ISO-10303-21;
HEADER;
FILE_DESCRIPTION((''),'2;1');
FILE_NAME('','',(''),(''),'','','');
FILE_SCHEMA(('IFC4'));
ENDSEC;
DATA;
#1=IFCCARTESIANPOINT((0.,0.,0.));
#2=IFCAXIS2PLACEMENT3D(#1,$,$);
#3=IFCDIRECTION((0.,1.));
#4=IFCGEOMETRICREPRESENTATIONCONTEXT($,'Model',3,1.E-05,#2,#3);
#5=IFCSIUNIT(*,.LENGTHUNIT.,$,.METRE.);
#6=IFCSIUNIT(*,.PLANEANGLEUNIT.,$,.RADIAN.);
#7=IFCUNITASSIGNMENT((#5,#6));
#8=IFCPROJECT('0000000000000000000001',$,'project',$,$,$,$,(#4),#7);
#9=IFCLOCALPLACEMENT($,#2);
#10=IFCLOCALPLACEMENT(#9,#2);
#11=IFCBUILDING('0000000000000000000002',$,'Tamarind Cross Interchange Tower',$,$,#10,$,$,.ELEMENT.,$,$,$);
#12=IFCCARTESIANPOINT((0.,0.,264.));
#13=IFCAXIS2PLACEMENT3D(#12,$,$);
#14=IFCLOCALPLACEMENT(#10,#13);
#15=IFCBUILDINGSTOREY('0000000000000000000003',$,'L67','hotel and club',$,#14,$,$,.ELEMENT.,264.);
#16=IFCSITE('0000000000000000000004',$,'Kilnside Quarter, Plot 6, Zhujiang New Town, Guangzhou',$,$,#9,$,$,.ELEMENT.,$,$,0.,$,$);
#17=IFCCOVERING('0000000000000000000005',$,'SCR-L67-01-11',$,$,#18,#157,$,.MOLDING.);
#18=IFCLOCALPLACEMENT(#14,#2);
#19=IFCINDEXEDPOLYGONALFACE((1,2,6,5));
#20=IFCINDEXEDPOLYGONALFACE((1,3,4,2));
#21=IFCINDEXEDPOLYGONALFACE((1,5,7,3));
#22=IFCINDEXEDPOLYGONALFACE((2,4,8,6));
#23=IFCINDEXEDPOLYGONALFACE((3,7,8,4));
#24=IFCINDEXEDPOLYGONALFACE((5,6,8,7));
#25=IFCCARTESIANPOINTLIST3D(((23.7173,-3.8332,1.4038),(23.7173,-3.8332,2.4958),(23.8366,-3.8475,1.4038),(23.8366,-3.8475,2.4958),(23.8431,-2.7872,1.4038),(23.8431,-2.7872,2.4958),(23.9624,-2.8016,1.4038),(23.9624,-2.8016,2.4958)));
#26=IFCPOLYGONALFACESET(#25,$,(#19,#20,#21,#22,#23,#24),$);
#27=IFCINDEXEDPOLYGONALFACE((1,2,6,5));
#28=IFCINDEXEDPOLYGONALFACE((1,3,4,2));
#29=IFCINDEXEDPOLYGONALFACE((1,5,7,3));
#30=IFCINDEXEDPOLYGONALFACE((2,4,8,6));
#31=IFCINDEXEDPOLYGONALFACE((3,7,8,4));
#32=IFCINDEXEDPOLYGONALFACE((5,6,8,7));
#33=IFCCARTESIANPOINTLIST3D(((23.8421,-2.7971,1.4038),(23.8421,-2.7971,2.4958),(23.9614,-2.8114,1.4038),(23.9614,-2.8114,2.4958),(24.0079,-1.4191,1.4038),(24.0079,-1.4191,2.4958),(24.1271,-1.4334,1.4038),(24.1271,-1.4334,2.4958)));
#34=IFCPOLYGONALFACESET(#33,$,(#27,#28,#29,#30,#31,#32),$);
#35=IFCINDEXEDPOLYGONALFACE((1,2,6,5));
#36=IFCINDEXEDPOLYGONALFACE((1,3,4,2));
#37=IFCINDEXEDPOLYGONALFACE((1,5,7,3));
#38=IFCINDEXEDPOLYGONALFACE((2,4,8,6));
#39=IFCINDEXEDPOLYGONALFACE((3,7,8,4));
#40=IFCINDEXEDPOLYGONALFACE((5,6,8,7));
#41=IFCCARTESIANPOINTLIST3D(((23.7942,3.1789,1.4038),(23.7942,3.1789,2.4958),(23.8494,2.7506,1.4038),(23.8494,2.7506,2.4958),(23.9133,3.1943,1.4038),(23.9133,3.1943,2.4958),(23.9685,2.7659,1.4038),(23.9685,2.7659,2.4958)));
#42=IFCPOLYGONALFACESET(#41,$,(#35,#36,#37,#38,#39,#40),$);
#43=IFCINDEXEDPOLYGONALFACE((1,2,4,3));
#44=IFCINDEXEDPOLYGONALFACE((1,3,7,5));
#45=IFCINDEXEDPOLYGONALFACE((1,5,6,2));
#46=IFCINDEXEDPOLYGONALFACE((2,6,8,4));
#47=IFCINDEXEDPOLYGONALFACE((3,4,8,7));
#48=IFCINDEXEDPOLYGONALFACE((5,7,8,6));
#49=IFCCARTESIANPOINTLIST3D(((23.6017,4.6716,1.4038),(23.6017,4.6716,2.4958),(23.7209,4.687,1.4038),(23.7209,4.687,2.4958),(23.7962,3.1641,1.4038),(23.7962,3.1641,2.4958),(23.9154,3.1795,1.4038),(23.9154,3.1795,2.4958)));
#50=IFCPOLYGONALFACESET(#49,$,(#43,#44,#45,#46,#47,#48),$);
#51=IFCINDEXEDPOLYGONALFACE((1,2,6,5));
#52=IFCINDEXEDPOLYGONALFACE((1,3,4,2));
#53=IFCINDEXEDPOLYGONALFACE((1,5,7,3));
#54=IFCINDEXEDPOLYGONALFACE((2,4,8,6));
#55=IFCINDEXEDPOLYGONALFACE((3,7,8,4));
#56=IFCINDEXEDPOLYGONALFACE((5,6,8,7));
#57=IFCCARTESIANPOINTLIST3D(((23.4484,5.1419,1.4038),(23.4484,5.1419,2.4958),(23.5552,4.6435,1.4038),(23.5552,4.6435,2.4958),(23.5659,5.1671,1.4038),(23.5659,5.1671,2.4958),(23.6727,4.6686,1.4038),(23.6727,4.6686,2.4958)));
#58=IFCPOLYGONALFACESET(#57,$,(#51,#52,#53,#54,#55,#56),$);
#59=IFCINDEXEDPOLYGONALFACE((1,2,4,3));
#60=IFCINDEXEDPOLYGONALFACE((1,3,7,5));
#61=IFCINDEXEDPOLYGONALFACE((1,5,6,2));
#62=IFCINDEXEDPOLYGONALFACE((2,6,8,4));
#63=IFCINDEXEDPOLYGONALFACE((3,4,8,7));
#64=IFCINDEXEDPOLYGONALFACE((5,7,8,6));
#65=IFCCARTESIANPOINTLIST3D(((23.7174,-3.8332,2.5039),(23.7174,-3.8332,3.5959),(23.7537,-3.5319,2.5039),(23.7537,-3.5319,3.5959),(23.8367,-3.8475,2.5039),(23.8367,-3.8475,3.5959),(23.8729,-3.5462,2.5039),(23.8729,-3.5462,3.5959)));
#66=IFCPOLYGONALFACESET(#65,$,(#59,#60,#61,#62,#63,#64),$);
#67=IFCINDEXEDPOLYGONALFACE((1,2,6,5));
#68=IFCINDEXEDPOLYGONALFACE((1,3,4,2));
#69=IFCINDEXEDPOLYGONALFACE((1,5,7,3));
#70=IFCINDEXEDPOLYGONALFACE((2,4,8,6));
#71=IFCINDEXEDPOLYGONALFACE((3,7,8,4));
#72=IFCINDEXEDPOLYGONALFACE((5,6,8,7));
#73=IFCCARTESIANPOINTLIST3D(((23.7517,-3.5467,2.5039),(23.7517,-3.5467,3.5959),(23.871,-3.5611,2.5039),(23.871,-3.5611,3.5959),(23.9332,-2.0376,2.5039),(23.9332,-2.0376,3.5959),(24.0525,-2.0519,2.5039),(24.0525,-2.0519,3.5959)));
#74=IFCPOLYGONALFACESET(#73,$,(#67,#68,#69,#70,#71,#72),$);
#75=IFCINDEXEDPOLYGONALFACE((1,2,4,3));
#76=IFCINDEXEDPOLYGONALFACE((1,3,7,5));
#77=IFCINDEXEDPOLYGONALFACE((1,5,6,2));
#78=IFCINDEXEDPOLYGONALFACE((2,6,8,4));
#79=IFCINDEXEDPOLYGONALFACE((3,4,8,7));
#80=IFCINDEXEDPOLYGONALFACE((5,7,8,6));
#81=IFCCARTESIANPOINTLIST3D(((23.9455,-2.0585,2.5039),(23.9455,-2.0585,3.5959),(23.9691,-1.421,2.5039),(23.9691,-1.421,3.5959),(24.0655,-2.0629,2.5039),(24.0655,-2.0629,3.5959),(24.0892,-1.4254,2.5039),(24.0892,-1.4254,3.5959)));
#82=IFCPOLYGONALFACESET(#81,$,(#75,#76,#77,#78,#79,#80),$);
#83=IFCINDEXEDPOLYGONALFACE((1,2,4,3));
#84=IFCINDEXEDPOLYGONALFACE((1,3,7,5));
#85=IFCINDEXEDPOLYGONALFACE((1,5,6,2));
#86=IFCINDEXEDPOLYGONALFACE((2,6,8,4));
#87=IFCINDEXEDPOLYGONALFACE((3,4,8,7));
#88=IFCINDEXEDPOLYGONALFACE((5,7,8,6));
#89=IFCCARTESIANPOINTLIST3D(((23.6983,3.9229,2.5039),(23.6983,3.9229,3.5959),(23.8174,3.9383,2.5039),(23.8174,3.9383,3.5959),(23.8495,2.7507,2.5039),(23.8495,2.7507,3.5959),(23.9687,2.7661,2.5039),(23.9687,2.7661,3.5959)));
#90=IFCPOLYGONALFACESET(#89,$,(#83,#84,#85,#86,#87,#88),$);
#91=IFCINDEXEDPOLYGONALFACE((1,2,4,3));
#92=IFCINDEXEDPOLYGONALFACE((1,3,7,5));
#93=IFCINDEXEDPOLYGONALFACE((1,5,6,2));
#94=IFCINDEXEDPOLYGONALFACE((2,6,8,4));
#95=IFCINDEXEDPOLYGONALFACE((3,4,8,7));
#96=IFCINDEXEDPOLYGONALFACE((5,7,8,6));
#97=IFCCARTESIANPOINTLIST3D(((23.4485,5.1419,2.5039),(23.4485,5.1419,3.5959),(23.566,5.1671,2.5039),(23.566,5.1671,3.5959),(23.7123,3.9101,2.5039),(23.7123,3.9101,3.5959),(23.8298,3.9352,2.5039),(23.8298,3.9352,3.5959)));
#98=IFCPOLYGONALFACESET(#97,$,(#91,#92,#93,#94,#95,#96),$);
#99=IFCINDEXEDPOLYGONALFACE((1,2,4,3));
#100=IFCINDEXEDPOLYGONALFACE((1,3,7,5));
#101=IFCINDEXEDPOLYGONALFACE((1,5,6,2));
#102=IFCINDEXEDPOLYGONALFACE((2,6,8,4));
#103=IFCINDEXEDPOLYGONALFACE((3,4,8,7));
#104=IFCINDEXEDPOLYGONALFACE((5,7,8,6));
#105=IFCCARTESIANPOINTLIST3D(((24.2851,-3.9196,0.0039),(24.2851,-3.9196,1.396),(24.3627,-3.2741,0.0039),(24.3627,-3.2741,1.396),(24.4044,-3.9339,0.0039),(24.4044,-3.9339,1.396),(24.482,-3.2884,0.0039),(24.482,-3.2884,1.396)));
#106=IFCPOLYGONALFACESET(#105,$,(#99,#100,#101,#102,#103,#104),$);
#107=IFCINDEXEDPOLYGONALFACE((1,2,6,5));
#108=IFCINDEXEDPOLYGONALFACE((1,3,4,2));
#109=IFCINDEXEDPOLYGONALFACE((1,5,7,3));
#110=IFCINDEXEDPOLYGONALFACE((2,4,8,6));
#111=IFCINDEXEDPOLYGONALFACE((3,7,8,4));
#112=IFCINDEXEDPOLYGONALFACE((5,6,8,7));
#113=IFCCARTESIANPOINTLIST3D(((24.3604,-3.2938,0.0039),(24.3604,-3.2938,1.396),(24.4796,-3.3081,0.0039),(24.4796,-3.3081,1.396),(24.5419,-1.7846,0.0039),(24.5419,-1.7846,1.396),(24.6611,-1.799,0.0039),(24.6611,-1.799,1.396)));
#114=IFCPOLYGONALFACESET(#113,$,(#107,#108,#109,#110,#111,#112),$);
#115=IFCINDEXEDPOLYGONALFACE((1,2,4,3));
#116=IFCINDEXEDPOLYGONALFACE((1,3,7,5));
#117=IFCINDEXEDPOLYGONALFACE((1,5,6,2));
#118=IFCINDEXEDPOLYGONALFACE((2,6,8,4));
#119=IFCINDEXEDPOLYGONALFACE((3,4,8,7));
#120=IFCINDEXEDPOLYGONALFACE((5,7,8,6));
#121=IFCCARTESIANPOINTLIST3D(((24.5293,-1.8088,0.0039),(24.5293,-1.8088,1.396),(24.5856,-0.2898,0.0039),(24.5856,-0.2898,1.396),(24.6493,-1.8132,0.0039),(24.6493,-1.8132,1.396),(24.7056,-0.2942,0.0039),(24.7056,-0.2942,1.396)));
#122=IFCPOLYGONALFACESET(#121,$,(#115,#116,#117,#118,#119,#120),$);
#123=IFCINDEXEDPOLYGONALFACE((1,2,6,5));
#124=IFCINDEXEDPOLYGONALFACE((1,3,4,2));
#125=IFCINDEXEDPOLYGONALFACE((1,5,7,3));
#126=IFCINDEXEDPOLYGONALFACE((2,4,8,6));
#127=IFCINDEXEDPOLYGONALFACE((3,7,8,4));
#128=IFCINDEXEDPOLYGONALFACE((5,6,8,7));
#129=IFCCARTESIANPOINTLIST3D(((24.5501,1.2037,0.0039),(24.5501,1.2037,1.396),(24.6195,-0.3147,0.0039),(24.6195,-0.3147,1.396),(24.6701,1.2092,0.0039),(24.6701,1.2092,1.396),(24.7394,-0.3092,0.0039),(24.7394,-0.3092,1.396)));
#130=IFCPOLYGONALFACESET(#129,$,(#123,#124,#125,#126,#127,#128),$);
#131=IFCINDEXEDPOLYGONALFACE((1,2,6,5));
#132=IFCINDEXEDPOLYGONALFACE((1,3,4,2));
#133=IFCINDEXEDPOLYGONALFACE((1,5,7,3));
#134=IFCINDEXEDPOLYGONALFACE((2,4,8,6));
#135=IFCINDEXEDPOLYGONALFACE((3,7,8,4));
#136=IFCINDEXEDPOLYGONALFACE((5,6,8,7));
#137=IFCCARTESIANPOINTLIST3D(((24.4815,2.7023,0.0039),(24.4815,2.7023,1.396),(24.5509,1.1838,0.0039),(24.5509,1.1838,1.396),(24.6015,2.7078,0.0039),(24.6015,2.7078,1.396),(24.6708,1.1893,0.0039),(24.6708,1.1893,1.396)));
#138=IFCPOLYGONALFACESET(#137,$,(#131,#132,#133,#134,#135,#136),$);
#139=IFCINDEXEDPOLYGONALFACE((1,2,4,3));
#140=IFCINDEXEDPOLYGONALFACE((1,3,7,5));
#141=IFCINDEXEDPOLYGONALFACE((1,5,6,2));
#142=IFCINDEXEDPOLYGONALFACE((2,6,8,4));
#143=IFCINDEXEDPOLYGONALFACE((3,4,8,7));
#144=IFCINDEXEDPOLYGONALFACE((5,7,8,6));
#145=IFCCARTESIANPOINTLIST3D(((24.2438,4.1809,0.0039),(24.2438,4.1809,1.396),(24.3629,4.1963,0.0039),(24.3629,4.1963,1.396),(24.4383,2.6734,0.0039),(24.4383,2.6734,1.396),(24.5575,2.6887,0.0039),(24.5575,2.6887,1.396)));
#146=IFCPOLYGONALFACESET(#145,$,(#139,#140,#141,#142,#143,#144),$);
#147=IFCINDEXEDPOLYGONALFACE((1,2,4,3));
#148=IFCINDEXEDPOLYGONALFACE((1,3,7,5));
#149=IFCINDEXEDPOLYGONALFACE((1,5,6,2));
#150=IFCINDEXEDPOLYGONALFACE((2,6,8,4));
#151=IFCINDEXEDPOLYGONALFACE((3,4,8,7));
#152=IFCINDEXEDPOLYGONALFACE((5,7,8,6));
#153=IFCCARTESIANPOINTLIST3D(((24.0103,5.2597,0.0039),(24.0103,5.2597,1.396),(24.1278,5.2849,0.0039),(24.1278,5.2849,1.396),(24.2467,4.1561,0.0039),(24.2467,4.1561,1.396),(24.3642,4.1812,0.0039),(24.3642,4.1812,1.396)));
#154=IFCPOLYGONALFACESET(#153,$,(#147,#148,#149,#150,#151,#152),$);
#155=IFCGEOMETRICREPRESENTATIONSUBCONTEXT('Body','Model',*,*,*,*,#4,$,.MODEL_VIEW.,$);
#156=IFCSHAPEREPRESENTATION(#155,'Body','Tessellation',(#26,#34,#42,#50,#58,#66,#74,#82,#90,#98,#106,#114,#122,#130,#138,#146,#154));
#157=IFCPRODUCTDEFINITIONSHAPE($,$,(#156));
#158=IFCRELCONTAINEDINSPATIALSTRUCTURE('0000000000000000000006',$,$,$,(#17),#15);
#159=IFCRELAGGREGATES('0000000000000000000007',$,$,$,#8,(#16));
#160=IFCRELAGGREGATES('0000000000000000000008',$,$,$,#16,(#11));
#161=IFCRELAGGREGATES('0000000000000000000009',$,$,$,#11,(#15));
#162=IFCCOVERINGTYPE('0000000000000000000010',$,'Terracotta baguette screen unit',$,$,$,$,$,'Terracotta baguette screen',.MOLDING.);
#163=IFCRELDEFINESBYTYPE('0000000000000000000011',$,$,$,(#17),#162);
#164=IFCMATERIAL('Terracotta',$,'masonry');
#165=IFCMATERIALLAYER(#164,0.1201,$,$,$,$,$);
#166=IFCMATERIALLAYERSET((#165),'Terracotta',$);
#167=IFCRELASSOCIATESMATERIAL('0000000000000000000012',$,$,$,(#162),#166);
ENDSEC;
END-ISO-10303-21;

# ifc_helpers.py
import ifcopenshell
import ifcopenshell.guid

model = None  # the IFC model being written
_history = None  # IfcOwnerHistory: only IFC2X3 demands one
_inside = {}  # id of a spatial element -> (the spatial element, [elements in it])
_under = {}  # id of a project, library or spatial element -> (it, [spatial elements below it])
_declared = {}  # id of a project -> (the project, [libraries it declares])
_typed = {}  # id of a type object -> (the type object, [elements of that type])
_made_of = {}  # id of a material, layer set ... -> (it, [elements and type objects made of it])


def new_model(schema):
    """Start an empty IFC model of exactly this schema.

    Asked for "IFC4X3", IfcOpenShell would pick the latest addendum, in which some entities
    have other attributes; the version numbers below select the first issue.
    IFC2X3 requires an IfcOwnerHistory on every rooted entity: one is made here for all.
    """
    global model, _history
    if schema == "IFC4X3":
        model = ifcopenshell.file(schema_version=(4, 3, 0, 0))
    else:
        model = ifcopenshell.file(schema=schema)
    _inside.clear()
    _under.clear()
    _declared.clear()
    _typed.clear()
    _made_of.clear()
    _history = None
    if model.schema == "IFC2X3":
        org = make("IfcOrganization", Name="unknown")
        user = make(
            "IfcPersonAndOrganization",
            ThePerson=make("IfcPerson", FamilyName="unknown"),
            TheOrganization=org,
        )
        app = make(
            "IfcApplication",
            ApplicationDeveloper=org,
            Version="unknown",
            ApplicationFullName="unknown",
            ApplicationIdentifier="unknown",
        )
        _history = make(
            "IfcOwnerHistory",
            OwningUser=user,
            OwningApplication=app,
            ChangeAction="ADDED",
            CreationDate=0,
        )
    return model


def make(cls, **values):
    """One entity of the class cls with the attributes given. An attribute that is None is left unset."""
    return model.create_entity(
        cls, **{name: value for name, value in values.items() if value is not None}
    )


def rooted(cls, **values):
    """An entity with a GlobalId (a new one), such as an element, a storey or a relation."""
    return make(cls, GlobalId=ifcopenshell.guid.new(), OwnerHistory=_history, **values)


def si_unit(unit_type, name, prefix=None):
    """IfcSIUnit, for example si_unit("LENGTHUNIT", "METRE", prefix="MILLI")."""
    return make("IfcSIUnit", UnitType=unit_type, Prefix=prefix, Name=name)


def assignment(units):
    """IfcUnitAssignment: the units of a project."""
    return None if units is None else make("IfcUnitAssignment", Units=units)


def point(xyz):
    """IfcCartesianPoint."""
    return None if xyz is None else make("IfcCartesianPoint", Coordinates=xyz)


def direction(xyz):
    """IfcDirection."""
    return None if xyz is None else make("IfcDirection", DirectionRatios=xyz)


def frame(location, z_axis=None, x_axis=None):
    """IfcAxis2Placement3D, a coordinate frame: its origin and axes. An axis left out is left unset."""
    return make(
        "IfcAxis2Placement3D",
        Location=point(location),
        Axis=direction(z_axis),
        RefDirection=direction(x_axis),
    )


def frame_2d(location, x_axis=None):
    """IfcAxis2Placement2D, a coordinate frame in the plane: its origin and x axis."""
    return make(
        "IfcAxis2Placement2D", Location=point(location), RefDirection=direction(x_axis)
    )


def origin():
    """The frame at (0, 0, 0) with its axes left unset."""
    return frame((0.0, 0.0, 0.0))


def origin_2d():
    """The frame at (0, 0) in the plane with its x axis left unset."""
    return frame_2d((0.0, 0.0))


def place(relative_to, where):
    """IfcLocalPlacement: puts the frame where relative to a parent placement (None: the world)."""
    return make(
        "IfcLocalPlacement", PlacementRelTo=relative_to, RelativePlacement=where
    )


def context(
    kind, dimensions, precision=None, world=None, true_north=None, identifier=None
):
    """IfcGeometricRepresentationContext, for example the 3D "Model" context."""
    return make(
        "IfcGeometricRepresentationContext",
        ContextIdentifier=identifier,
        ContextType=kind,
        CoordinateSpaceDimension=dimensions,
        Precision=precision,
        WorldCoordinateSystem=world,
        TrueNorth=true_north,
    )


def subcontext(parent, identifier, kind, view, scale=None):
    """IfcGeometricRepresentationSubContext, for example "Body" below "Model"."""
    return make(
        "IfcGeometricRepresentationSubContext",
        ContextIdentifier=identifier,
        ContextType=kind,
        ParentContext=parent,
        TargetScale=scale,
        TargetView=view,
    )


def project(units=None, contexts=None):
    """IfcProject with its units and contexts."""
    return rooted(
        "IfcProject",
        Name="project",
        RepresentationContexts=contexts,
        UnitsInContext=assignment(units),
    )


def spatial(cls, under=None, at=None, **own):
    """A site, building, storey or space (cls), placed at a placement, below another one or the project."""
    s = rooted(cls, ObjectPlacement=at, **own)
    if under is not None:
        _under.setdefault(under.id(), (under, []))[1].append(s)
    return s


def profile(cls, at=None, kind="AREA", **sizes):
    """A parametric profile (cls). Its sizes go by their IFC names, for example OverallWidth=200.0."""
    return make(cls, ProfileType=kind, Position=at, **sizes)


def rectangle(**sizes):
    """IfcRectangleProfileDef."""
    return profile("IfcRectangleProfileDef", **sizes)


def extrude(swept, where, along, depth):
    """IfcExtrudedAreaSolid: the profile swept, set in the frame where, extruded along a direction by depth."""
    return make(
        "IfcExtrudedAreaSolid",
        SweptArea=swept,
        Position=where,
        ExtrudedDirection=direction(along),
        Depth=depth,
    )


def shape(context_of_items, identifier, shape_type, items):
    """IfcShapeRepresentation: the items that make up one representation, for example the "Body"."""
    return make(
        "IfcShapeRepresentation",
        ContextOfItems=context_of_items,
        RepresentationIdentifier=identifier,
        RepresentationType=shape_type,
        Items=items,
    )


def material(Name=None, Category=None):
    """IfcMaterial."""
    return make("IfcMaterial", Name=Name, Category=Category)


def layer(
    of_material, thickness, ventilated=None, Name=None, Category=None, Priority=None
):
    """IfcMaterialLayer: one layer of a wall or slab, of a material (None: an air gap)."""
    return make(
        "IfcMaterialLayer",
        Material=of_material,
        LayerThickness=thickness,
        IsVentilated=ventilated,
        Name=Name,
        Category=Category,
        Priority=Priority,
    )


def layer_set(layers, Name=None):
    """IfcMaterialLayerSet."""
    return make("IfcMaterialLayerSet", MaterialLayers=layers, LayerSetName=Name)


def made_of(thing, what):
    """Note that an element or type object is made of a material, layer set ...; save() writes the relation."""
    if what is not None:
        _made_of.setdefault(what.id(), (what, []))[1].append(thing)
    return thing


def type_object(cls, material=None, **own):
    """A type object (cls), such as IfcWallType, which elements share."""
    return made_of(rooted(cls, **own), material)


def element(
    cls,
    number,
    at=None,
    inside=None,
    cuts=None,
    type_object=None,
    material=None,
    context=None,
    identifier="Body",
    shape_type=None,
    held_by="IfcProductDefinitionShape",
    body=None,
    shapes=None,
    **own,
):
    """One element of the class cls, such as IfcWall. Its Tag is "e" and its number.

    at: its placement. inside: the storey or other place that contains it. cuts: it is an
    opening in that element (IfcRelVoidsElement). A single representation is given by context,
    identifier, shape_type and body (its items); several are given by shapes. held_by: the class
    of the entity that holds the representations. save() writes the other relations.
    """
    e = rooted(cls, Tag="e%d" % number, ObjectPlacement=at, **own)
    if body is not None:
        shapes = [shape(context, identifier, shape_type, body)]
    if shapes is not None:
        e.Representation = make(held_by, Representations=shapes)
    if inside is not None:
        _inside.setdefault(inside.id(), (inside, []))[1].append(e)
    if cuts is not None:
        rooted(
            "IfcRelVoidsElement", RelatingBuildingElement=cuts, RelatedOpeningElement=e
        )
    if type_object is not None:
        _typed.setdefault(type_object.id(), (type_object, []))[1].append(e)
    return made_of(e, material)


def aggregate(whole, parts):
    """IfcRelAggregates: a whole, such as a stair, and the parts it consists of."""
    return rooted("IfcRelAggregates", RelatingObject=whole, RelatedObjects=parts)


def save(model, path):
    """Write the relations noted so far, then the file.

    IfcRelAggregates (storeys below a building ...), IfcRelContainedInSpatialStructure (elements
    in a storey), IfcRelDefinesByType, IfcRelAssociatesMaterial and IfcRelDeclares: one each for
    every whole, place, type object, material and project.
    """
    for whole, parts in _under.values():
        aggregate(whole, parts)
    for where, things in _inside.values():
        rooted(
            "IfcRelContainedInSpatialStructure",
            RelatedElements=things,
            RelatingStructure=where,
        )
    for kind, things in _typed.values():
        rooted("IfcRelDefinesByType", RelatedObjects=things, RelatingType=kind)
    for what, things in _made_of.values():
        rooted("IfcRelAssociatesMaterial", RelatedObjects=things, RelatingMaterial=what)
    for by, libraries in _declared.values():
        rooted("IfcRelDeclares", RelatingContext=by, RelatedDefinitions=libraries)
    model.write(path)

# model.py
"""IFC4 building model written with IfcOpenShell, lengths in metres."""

from ifc_helpers import new_model, si_unit, direction, frame, origin, origin_2d, place, context, subcontext, project, spatial, rectangle, extrude, material, layer, layer_set, type_object, element, save


model = new_model("IFC4")

# Units and contexts
model_context = context("Model", 3, precision=1e-05, world=origin(), true_north=direction((0.0, 1.0)))
body_context = subcontext(model_context, "Body", "Model", "MODEL_VIEW")
ifc_project = project(units=[si_unit("LENGTHUNIT", "METRE"), si_unit("PLANEANGLEUNIT", "RADIAN")], contexts=[model_context])

# Site, building, storey
site_placement = place(None, origin())
site = spatial("IfcSite", under=ifc_project, at=site_placement, Name="Kilnside Quarter, Plot 6, Zhujiang New Town, Guangzhou", CompositionType="ELEMENT", RefElevation=0.0)
building_placement = place(site_placement, origin())
building = spatial("IfcBuilding", under=site, at=building_placement, Name="Tamarind Cross Interchange Tower", CompositionType="ELEMENT")
storey_placement = place(building_placement, frame((0.0, 0.0, 264.0)))
storey = spatial("IfcBuildingStorey", under=building, at=storey_placement, Name="L67", Description="hotel and club", CompositionType="ELEMENT", Elevation=264.0)

# Covering
ifc_material_1 = material(Name="Terracotta", Category="masonry")
ifc_layer_1 = layer(ifc_material_1, 0.1201)
ifc_layer_set_1 = layer_set([ifc_layer_1], Name="Terracotta")
covering_type = type_object("IfcCoveringType", Name="Terracotta baguette screen unit", ElementType="Terracotta baguette screen", PredefinedType="MOLDING", material=ifc_layer_set_1)
covering_1_placement = place(storey_placement, origin())
element("IfcCovering", 1, at=covering_1_placement, inside=storey, type_object=covering_type, Name="SCR-L67-01-11", PredefinedType="MOLDING", context=body_context, shape_type="SweptSolid", body=[
    extrude(rectangle(XDim=1.0535, YDim=0.1201, at=origin_2d()), frame((23.8398, -3.3174, 1.4038), z_axis=(0.0, 0.0, 1.0), x_axis=(0.119421, 0.992844, 0.0)), (0.0, 0.0, 1.0), 1.092),
    extrude(rectangle(XDim=1.3879, YDim=0.1201, at=origin_2d()), frame((23.9846, -2.1152, 1.4038), z_axis=(0.0, 0.0, 1.0), x_axis=(0.119421, 0.992844, 0.0)), (0.0, 0.0, 1.0), 1.092),
    extrude(rectangle(XDim=0.4319, YDim=0.1201, at=origin_2d()), frame((23.8813, 2.9724, 1.4038), z_axis=(0.0, 0.0, 1.0), x_axis=(-0.127962, 0.991779, 0.0)), (0.0, 0.0, 1.0), 1.092),
    extrude(rectangle(XDim=1.52, YDim=0.1201, at=origin_2d()), frame((23.7585, 3.9255, 1.4038), z_axis=(0.0, 0.0, 1.0), x_axis=(-0.127962, 0.991779, 0.0)), (0.0, 0.0, 1.0), 1.092),
    extrude(rectangle(XDim=0.5098, YDim=0.1201, at=origin_2d()), frame((23.5605, 4.9053, 1.4038), z_axis=(0.0, 0.0, 1.0), x_axis=(-0.209425, 0.977825, 0.0)), (0.0, 0.0, 1.0), 1.092),
    extrude(rectangle(XDim=0.3035, YDim=0.1201, at=origin_2d()), frame((23.7952, -3.6897, 2.5039), z_axis=(0.0, 0.0, 1.0), x_axis=(0.119421, 0.992844, 0.0)), (0.0, 0.0, 1.0), 1.092),
    extrude(rectangle(XDim=1.52, YDim=0.1201, at=origin_2d()), frame((23.9021, -2.7993, 2.5039), z_axis=(0.0, 0.0, 1.0), x_axis=(0.119421, 0.992844, 0.0)), (0.0, 0.0, 1.0), 1.092),
    extrude(rectangle(XDim=0.6379, YDim=0.1201, at=origin_2d()), frame((24.0173, -1.7419, 2.5039), z_axis=(0.0, 0.0, 1.0), x_axis=(0.037025, 0.999314, 0.0)), (0.0, 0.0, 1.0), 1.092),
    extrude(rectangle(XDim=1.1819, YDim=0.1201, at=origin_2d()), frame((23.8335, 3.3445, 2.5039), z_axis=(0.0, 0.0, 1.0), x_axis=(-0.127962, 0.991779, 0.0)), (0.0, 0.0, 1.0), 1.092),
    extrude(rectangle(XDim=1.2598, YDim=0.1201, at=origin_2d()), frame((23.6392, 4.5386, 2.5039), z_axis=(0.0, 0.0, 1.0), x_axis=(-0.209425, 0.977825, 0.0)), (0.0, 0.0, 1.0), 1.092),
    extrude(rectangle(XDim=0.6501, YDim=0.1201, at=origin_2d()), frame((24.3835, -3.604, 0.0039), z_axis=(0.0, 0.0, 1.0), x_axis=(0.119421, 0.992844, 0.0)), (0.0, 0.0, 1.0), 1.3921),
    extrude(rectangle(XDim=1.52, YDim=0.1201, at=origin_2d()), frame((24.5107, -2.5464, 0.0039), z_axis=(0.0, 0.0, 1.0), x_axis=(0.119421, 0.992844, 0.0)), (0.0, 0.0, 1.0), 1.3921),
    extrude(rectangle(XDim=1.52, YDim=0.1201, at=origin_2d()), frame((24.6174, -1.0515, 0.0039), z_axis=(0.0, 0.0, 1.0), x_axis=(0.037025, 0.999314, 0.0)), (0.0, 0.0, 1.0), 1.3921),
    extrude(rectangle(XDim=1.52, YDim=0.1201, at=origin_2d()), frame((24.6448, 0.4473, 0.0039), z_axis=(0.0, 0.0, 1.0), x_axis=(-0.045624, 0.998959, 0.0)), (0.0, 0.0, 1.0), 1.3921),
    extrude(rectangle(XDim=1.52, YDim=0.1201, at=origin_2d()), frame((24.5762, 1.9458, 0.0039), z_axis=(0.0, 0.0, 1.0), x_axis=(-0.045624, 0.998959, 0.0)), (0.0, 0.0, 1.0), 1.3921),
    extrude(rectangle(XDim=1.52, YDim=0.1201, at=origin_2d()), frame((24.4006, 3.4348, 0.0039), z_axis=(0.0, 0.0, 1.0), x_axis=(-0.127962, 0.991779, 0.0)), (0.0, 0.0, 1.0), 1.3921),
    extrude(rectangle(XDim=1.1287, YDim=0.1201, at=origin_2d()), frame((24.1873, 4.7205, 0.0039), z_axis=(0.0, 0.0, 1.0), x_axis=(-0.209425, 0.977825, 0.0)), (0.0, 0.0, 1.0), 1.3921),
])

save(model, "model.ifc")
